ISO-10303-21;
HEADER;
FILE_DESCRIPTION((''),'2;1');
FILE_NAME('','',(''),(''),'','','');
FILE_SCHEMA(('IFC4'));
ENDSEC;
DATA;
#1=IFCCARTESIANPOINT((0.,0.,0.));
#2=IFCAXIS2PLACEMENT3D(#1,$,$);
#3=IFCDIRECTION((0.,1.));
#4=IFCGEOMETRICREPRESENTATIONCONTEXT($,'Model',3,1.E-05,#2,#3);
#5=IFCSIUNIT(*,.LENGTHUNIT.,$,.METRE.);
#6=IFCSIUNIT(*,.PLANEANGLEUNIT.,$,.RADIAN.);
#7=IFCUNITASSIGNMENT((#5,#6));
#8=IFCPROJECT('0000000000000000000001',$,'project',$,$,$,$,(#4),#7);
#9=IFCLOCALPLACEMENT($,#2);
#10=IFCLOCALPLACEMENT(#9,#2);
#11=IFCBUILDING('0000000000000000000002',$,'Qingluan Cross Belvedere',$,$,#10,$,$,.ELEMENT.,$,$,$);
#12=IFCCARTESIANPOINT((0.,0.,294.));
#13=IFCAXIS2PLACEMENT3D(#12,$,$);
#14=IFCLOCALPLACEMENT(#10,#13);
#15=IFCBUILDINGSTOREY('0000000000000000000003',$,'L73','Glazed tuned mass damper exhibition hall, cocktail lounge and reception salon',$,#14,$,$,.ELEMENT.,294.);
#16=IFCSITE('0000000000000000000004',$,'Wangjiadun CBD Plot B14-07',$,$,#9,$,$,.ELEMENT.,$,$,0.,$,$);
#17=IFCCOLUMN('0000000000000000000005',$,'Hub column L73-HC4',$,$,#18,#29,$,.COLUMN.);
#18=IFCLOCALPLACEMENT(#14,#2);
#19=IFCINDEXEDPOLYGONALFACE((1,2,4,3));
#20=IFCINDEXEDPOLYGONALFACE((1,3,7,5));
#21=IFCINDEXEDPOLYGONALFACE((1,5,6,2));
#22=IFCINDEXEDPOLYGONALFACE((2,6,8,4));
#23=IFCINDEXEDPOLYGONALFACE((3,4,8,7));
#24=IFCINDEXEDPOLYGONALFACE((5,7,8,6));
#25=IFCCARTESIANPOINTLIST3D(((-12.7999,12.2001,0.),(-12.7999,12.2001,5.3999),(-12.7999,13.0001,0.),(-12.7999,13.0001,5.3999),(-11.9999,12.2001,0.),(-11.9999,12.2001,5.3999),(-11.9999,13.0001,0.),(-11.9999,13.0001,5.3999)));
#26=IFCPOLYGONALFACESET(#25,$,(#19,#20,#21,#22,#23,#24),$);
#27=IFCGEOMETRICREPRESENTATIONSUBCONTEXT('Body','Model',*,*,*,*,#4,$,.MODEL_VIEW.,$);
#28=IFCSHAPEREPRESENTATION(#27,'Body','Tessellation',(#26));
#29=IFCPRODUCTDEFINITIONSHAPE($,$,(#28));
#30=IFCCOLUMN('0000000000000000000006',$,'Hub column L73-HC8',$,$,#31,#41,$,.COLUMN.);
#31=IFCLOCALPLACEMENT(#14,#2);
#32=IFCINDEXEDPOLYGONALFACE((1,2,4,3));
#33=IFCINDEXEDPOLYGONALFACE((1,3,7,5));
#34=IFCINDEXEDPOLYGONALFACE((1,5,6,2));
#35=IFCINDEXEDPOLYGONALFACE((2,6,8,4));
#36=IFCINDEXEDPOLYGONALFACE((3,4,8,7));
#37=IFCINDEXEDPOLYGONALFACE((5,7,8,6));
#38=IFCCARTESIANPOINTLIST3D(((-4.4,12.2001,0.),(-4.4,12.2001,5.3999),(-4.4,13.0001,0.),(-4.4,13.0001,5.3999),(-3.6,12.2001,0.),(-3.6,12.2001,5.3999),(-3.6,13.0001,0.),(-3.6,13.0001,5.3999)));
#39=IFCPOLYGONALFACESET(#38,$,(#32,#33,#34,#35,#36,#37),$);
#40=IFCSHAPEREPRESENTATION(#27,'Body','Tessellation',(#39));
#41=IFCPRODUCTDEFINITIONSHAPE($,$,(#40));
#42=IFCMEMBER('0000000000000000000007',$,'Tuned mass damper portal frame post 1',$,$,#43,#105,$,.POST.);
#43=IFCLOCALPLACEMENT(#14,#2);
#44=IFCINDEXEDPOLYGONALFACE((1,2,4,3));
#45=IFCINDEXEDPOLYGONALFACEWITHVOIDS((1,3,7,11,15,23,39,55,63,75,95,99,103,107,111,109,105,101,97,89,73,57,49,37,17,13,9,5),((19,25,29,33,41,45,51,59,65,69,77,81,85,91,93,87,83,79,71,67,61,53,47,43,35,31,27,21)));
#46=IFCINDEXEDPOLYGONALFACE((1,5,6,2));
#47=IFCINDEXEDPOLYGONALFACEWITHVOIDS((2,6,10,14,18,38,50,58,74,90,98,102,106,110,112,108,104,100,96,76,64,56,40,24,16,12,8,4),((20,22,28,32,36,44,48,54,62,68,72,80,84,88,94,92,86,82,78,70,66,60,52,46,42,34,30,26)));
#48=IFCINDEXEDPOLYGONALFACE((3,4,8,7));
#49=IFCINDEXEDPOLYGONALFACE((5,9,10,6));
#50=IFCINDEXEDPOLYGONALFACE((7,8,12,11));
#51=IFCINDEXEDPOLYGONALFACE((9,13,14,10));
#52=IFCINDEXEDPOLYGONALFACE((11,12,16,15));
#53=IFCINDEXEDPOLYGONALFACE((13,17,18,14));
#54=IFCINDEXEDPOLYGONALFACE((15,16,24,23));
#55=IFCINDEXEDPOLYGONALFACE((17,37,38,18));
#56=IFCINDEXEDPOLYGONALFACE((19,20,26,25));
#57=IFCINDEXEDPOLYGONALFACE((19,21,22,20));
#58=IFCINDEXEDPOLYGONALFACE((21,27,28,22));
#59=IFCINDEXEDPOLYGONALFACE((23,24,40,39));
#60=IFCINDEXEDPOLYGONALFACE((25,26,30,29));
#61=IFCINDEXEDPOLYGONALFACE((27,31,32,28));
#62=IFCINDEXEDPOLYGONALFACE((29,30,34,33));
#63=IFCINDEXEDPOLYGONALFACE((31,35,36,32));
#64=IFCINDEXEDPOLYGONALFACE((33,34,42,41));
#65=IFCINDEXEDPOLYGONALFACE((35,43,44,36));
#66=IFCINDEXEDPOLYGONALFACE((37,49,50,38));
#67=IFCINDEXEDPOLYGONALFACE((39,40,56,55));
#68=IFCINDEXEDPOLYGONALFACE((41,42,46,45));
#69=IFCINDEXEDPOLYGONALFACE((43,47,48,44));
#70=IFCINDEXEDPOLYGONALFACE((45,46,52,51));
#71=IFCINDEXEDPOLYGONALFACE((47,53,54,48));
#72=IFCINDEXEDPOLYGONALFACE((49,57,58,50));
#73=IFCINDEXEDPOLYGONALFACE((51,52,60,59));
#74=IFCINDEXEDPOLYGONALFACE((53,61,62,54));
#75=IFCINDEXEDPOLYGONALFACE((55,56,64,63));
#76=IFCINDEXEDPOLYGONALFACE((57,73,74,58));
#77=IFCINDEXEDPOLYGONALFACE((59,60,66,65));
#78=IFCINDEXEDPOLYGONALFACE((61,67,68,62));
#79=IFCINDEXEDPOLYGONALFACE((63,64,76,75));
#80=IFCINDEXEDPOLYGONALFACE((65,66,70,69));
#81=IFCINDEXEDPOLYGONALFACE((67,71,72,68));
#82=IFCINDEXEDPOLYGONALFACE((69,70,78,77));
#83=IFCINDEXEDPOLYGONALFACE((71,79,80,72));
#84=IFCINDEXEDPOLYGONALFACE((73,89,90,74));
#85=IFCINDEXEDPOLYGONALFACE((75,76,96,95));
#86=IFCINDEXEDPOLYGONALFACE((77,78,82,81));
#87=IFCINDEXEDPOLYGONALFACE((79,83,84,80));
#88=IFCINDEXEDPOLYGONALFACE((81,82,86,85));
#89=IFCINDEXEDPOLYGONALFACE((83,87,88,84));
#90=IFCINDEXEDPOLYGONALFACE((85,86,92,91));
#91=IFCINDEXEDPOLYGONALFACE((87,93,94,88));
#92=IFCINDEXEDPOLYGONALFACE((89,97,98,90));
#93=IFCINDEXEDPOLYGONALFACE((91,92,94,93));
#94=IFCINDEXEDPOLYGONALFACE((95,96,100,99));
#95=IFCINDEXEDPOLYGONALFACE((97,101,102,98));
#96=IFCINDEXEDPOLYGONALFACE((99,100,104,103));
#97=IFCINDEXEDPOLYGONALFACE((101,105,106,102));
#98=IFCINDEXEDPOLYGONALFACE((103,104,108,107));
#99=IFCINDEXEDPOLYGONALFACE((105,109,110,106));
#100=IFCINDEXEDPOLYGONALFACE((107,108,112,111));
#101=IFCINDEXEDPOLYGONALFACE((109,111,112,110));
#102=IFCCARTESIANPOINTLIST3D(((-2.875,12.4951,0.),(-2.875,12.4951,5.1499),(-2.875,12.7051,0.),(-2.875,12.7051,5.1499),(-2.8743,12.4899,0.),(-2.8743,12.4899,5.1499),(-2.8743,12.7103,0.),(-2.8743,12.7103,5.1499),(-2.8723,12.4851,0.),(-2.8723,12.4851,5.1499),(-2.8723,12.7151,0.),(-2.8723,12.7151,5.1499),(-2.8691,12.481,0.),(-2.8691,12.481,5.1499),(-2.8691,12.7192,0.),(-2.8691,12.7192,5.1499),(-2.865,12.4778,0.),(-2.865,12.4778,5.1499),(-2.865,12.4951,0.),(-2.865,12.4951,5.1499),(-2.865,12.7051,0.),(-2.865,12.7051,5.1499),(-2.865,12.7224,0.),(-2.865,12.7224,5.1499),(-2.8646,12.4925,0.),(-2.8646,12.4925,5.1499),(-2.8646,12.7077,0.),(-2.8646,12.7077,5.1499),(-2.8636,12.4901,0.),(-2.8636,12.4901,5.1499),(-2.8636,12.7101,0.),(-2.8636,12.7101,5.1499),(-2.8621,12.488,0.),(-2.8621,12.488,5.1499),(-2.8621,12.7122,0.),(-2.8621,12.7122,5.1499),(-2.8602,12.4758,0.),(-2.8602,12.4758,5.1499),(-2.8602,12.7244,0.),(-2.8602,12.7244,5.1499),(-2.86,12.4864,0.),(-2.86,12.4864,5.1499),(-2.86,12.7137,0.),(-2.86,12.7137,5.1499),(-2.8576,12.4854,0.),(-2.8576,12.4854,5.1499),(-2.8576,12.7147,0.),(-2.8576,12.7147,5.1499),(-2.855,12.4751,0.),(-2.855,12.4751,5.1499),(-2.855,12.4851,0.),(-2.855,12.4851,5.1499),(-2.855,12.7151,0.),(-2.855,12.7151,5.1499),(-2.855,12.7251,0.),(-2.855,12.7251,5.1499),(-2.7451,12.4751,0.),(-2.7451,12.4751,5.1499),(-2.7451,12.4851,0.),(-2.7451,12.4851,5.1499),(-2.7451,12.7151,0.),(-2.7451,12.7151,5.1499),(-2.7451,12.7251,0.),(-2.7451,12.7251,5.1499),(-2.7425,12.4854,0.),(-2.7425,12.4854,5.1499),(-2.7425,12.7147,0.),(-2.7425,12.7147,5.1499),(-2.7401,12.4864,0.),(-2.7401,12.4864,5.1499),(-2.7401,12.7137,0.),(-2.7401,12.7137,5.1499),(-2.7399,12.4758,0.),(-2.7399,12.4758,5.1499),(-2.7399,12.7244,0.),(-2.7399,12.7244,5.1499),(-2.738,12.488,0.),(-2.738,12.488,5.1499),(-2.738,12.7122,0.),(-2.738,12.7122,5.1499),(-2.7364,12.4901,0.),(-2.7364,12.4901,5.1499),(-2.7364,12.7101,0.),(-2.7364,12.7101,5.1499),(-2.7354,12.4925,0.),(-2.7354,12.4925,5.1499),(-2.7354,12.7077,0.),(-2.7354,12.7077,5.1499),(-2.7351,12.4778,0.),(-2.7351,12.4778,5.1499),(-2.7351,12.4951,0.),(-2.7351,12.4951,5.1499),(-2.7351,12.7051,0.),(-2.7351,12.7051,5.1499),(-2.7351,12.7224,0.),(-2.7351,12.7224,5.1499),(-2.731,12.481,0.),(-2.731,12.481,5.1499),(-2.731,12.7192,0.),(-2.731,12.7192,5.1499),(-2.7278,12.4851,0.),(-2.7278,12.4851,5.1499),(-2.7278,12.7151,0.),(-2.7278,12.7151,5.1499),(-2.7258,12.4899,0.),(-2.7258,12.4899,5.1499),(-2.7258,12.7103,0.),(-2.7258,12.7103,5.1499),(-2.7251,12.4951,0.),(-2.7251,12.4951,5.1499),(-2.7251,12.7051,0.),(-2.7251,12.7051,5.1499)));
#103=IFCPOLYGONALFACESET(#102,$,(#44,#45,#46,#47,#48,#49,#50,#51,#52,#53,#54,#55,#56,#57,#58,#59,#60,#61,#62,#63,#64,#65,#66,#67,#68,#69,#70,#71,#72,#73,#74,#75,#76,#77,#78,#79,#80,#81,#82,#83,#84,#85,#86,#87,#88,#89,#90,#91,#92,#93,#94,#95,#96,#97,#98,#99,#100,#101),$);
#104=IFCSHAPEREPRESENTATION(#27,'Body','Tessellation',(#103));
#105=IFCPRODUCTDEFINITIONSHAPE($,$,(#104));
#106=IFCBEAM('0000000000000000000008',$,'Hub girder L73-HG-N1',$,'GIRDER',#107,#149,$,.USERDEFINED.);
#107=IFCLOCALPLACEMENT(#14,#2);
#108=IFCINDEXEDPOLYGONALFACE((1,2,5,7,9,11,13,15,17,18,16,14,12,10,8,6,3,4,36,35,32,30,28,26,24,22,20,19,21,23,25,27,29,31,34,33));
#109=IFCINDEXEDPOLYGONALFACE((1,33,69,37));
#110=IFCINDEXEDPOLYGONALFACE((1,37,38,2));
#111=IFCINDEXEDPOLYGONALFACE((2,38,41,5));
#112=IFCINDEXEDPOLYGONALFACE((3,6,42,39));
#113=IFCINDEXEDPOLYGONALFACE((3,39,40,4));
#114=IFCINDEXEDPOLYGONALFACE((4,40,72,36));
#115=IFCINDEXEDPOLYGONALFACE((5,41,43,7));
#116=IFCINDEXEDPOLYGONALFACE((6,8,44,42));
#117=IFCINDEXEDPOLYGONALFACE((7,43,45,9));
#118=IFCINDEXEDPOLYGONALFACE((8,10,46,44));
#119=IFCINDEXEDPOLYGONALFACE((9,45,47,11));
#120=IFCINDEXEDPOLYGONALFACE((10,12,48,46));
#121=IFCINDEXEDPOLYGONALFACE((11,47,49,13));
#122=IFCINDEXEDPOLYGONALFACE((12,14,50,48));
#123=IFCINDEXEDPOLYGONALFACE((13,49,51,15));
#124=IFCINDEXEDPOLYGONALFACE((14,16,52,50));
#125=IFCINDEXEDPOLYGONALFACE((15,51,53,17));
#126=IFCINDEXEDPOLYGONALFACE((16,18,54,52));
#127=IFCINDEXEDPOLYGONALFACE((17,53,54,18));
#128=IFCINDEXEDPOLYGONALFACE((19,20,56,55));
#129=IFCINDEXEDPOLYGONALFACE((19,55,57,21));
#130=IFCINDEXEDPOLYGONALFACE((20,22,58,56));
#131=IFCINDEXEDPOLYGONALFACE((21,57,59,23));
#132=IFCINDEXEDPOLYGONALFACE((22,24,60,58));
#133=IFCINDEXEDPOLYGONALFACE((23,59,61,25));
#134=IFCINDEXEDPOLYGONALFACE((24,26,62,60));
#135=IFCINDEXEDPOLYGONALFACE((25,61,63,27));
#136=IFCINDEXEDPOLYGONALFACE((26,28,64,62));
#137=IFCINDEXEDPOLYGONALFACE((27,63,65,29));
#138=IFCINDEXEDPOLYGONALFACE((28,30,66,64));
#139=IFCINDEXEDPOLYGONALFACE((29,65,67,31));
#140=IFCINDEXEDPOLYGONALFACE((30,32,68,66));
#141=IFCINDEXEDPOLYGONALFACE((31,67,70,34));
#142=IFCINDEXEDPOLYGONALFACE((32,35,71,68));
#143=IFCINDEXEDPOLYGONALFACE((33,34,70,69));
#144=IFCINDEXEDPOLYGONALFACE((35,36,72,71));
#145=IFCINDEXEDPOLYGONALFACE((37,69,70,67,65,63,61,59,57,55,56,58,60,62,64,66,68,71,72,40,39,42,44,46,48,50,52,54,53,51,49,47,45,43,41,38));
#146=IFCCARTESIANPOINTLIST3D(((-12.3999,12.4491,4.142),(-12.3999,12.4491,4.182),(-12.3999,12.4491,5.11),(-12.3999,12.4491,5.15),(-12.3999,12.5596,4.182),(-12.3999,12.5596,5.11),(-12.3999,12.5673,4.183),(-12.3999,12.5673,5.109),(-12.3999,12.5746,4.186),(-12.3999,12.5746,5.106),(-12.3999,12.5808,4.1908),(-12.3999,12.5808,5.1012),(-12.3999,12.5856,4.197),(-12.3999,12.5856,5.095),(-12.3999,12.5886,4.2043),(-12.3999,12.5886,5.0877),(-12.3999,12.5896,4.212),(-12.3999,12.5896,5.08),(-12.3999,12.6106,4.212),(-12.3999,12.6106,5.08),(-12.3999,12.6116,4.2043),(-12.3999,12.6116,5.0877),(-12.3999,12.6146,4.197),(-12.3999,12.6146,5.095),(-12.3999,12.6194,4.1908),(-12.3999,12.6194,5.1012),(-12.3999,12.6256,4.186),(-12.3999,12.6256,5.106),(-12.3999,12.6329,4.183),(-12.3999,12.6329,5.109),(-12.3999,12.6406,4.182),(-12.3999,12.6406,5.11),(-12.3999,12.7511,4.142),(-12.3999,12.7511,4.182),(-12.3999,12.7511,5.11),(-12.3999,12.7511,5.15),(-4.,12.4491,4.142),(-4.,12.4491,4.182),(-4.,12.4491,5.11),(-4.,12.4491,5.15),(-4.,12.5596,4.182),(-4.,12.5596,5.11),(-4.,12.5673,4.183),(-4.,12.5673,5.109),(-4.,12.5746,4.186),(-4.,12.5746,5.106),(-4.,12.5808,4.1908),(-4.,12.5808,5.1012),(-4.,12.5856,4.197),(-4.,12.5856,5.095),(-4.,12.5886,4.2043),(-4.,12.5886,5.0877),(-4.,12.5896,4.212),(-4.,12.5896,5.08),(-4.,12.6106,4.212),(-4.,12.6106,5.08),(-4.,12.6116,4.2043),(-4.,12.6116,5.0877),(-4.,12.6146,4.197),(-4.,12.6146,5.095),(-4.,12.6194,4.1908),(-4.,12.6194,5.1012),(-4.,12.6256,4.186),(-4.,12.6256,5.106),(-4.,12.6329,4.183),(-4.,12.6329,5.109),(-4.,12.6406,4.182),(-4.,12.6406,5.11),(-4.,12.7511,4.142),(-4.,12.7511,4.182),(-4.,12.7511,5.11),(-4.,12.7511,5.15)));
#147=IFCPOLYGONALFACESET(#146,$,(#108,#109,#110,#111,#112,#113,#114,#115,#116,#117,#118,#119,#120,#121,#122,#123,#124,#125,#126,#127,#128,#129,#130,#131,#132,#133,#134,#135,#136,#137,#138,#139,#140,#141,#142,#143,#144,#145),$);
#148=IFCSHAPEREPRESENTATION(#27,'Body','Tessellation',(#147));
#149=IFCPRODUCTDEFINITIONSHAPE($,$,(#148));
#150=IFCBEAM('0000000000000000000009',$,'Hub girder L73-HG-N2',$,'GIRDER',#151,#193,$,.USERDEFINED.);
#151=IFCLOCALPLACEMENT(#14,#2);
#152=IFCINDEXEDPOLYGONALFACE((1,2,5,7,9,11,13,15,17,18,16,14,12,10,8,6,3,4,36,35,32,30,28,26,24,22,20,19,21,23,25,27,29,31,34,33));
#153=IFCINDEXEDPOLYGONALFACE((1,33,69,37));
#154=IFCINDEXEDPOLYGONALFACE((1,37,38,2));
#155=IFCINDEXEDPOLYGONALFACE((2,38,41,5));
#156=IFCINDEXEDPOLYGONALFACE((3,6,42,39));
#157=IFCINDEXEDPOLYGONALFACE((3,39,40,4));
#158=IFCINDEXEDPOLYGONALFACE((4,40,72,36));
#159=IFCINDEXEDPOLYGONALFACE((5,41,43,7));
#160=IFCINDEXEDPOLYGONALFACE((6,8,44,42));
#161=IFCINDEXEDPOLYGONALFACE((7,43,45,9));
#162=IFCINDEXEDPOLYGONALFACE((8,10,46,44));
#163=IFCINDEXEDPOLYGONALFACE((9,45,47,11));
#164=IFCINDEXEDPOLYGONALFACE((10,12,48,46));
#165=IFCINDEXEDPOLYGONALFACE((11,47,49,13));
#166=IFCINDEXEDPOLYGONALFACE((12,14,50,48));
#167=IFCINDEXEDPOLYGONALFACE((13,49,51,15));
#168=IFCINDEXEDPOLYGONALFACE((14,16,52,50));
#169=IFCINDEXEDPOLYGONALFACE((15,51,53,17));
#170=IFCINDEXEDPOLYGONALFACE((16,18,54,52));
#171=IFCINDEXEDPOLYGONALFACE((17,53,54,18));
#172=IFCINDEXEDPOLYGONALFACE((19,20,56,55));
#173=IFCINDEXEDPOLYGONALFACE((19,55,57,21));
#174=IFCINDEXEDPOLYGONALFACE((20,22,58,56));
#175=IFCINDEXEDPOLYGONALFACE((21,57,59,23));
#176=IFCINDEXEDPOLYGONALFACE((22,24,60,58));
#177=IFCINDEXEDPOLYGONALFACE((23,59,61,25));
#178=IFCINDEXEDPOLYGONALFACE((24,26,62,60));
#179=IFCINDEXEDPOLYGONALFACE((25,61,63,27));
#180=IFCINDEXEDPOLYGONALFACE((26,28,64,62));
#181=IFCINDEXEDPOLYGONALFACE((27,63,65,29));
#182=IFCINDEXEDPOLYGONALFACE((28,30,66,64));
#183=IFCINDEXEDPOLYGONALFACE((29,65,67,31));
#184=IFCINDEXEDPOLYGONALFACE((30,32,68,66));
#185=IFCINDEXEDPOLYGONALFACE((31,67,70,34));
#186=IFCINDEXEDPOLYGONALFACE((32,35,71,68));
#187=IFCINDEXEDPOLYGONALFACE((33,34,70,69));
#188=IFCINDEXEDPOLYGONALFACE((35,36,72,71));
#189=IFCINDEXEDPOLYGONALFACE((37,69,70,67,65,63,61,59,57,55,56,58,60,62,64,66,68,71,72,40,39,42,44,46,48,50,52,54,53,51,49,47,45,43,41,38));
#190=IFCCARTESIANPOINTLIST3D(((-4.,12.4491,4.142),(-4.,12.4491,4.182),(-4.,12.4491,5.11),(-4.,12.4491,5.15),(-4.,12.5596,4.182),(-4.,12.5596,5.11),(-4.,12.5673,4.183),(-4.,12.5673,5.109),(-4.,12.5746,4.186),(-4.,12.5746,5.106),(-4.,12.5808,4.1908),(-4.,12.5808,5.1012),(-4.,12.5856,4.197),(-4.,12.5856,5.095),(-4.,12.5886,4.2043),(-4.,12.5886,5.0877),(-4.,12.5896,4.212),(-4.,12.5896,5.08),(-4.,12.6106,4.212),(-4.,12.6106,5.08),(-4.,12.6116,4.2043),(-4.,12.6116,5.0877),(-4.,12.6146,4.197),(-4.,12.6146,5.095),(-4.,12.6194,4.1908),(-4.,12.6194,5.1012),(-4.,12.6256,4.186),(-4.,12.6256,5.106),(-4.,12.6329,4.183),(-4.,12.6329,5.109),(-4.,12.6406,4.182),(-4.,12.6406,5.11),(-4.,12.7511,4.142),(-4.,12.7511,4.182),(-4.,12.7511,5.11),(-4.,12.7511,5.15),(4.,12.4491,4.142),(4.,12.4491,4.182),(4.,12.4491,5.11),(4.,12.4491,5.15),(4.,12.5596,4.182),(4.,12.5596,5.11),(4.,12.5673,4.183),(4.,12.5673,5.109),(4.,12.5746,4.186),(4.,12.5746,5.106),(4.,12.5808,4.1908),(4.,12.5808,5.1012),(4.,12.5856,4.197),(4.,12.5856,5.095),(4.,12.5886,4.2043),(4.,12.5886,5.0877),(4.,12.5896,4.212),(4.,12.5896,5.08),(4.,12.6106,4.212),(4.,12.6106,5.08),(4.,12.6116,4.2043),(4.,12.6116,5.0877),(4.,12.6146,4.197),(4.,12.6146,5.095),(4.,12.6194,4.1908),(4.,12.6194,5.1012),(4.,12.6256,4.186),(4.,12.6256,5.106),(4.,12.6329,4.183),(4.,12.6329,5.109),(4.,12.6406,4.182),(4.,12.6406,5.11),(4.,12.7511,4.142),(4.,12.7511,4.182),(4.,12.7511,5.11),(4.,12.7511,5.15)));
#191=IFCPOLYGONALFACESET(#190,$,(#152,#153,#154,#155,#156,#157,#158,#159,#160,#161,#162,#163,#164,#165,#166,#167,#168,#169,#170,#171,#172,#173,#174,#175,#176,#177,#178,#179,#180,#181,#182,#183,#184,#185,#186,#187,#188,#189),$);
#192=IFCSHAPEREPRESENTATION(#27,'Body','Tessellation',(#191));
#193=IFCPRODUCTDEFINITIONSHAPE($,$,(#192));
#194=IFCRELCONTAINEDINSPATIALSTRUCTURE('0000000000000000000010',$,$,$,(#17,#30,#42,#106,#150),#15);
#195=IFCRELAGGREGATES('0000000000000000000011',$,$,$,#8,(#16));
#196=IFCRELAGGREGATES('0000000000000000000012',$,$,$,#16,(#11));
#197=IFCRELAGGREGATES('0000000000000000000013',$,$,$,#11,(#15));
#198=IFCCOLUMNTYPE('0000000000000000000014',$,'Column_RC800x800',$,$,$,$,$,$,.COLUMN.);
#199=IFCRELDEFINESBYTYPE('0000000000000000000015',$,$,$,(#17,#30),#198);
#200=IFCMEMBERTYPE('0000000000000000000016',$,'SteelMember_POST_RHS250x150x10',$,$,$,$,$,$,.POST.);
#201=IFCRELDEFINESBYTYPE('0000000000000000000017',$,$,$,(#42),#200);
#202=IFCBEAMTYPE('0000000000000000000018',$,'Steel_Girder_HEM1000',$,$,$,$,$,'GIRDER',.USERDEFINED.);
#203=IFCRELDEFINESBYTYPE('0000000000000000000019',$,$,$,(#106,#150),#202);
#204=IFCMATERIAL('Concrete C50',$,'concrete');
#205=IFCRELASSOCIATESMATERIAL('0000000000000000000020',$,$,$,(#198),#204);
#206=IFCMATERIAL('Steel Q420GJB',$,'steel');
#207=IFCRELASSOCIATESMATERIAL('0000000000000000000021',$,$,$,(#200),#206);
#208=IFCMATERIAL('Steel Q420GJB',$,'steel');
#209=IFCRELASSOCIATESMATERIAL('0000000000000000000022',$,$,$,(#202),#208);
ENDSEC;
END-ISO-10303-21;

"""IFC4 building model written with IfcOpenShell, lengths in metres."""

from ifc_helpers import new_model, si_unit, direction, frame, origin, origin_2d, place, context, subcontext, project, spatial, rectangle, hollow_rectangle, i_section, extrude, material, material_profile, profile_set, type_object, element, save


model = new_model("IFC4")

# Units and contexts
model_context = context("Model", 3, precision=1e-05, world=origin(), true_north=direction((0.0, 1.0)))
body_context = subcontext(model_context, "Body", "Model", "MODEL_VIEW")
ifc_project = project(units=[si_unit("LENGTHUNIT", "METRE"), si_unit("PLANEANGLEUNIT", "RADIAN")], contexts=[model_context])

# Site, building, storey
site_placement = place(None, origin())
site = spatial("IfcSite", under=ifc_project, at=site_placement, Name="Wangjiadun CBD Plot B14-07", CompositionType="ELEMENT", RefElevation=0.0)
building_placement = place(site_placement, origin())
building = spatial("IfcBuilding", under=site, at=building_placement, Name="Qingluan Cross Belvedere", CompositionType="ELEMENT")
storey_placement = place(building_placement, frame((0.0, 0.0, 294.0)))
storey = spatial("IfcBuildingStorey", under=building, at=storey_placement, Name="L73", Description="Glazed tuned mass damper exhibition hall, cocktail lounge and reception salon", CompositionType="ELEMENT", Elevation=294.0)

# Columns
ifc_material_1 = material(Name="Concrete C50", Category="concrete")
ifc_material_profile_1 = material_profile(ifc_material_1, rectangle(XDim=0.8, YDim=0.8, at=origin_2d()), Name="RC800x800")
ifc_profile_set_1 = profile_set([ifc_material_profile_1], Name="Concrete C50")
column_type = type_object("IfcColumnType", Name="Column_RC800x800", PredefinedType="COLUMN", material=ifc_profile_set_1)
for number, where, z_axis, x_axis, name in (
    (1, (-12.3999, 12.6001, 0.0), (0.0, 0.0, 1.0), (1.0, 0.0, 0.0), "Hub column L73-HC4"),
    (2, (-4.0, 12.6001, 0.0), (0.0, 0.0, 1.0), (1.0, 0.0, 0.0), "Hub column L73-HC8"),
):
    element("IfcColumn", number, at=place(storey_placement, frame(where, z_axis=z_axis, x_axis=x_axis)), inside=storey, type_object=column_type, Name=name, PredefinedType="COLUMN", context=body_context, shape_type="SweptSolid", body=[
        extrude(rectangle(XDim=0.8, YDim=0.8, at=origin_2d()), origin(), (0.0, 0.0, 1.0), 5.3999),
    ])

# Member
ifc_material_2 = material(Name="Steel Q420GJB", Category="steel")
ifc_material_profile_2 = material_profile(ifc_material_2, hollow_rectangle(XDim=0.1499, YDim=0.25, WallThickness=0.01, InnerFilletRadius=0.01, OuterFilletRadius=0.02, at=origin_2d()), Name="RHS250x150x10")
ifc_profile_set_2 = profile_set([ifc_material_profile_2], Name="Steel Q420GJB")
member_type = type_object("IfcMemberType", Name="SteelMember_POST_RHS250x150x10", PredefinedType="POST", material=ifc_profile_set_2)
member_placement = place(storey_placement, frame((-2.8, 12.6001, 0.0), z_axis=(0.0, 0.0, 1.0), x_axis=(1.0, 0.0, 0.0)))
element("IfcMember", 3, at=member_placement, inside=storey, type_object=member_type, Name="Tuned mass damper portal frame post 1", PredefinedType="POST", context=body_context, shape_type="SweptSolid", body=[
    extrude(hollow_rectangle(XDim=0.1499, YDim=0.25, WallThickness=0.01, InnerFilletRadius=0.01, OuterFilletRadius=0.02, at=origin_2d()), origin(), (0.0, 0.0, 1.0), 5.1499),
])

# Beams
ifc_material_3 = material(Name="Steel Q420GJB", Category="steel")
ifc_material_profile_3 = material_profile(ifc_material_3, i_section(OverallWidth=0.302, OverallDepth=1.0081, WebThickness=0.021, FlangeThickness=0.04, FilletRadius=0.03, at=origin_2d()), Name="HEM1000")
ifc_profile_set_3 = profile_set([ifc_material_profile_3], Name="Steel Q420GJB")
beam_type = type_object("IfcBeamType", Name="Steel_Girder_HEM1000", ElementType="GIRDER", PredefinedType="USERDEFINED", material=ifc_profile_set_3)
beam_1_placement = place(storey_placement, frame((-12.3999, 12.6001, 4.646), z_axis=(1.0, 0.0, 0.0), x_axis=(0.0, 1.0, 0.0)))
element("IfcBeam", 4, at=beam_1_placement, inside=storey, type_object=beam_type, Name="Hub girder L73-HG-N1", ObjectType="GIRDER", PredefinedType="USERDEFINED", context=body_context, shape_type="SweptSolid", body=[
    extrude(i_section(OverallWidth=0.302, OverallDepth=1.0081, WebThickness=0.021, FlangeThickness=0.04, FilletRadius=0.03, at=origin_2d()), origin(), (0.0, 0.0, 1.0), 8.3999),
])
beam_2_placement = place(storey_placement, frame((-4.0, 12.6001, 4.646), z_axis=(1.0, 0.0, 0.0), x_axis=(0.0, 1.0, 0.0)))
element("IfcBeam", 5, at=beam_2_placement, inside=storey, type_object=beam_type, Name="Hub girder L73-HG-N2", ObjectType="GIRDER", PredefinedType="USERDEFINED", context=body_context, shape_type="SweptSolid", body=[
    extrude(i_section(OverallWidth=0.302, OverallDepth=1.0081, WebThickness=0.021, FlangeThickness=0.04, FilletRadius=0.03, at=origin_2d()), origin(), (0.0, 0.0, 1.0), 8.0),
])

save(model, "model.ifc")
